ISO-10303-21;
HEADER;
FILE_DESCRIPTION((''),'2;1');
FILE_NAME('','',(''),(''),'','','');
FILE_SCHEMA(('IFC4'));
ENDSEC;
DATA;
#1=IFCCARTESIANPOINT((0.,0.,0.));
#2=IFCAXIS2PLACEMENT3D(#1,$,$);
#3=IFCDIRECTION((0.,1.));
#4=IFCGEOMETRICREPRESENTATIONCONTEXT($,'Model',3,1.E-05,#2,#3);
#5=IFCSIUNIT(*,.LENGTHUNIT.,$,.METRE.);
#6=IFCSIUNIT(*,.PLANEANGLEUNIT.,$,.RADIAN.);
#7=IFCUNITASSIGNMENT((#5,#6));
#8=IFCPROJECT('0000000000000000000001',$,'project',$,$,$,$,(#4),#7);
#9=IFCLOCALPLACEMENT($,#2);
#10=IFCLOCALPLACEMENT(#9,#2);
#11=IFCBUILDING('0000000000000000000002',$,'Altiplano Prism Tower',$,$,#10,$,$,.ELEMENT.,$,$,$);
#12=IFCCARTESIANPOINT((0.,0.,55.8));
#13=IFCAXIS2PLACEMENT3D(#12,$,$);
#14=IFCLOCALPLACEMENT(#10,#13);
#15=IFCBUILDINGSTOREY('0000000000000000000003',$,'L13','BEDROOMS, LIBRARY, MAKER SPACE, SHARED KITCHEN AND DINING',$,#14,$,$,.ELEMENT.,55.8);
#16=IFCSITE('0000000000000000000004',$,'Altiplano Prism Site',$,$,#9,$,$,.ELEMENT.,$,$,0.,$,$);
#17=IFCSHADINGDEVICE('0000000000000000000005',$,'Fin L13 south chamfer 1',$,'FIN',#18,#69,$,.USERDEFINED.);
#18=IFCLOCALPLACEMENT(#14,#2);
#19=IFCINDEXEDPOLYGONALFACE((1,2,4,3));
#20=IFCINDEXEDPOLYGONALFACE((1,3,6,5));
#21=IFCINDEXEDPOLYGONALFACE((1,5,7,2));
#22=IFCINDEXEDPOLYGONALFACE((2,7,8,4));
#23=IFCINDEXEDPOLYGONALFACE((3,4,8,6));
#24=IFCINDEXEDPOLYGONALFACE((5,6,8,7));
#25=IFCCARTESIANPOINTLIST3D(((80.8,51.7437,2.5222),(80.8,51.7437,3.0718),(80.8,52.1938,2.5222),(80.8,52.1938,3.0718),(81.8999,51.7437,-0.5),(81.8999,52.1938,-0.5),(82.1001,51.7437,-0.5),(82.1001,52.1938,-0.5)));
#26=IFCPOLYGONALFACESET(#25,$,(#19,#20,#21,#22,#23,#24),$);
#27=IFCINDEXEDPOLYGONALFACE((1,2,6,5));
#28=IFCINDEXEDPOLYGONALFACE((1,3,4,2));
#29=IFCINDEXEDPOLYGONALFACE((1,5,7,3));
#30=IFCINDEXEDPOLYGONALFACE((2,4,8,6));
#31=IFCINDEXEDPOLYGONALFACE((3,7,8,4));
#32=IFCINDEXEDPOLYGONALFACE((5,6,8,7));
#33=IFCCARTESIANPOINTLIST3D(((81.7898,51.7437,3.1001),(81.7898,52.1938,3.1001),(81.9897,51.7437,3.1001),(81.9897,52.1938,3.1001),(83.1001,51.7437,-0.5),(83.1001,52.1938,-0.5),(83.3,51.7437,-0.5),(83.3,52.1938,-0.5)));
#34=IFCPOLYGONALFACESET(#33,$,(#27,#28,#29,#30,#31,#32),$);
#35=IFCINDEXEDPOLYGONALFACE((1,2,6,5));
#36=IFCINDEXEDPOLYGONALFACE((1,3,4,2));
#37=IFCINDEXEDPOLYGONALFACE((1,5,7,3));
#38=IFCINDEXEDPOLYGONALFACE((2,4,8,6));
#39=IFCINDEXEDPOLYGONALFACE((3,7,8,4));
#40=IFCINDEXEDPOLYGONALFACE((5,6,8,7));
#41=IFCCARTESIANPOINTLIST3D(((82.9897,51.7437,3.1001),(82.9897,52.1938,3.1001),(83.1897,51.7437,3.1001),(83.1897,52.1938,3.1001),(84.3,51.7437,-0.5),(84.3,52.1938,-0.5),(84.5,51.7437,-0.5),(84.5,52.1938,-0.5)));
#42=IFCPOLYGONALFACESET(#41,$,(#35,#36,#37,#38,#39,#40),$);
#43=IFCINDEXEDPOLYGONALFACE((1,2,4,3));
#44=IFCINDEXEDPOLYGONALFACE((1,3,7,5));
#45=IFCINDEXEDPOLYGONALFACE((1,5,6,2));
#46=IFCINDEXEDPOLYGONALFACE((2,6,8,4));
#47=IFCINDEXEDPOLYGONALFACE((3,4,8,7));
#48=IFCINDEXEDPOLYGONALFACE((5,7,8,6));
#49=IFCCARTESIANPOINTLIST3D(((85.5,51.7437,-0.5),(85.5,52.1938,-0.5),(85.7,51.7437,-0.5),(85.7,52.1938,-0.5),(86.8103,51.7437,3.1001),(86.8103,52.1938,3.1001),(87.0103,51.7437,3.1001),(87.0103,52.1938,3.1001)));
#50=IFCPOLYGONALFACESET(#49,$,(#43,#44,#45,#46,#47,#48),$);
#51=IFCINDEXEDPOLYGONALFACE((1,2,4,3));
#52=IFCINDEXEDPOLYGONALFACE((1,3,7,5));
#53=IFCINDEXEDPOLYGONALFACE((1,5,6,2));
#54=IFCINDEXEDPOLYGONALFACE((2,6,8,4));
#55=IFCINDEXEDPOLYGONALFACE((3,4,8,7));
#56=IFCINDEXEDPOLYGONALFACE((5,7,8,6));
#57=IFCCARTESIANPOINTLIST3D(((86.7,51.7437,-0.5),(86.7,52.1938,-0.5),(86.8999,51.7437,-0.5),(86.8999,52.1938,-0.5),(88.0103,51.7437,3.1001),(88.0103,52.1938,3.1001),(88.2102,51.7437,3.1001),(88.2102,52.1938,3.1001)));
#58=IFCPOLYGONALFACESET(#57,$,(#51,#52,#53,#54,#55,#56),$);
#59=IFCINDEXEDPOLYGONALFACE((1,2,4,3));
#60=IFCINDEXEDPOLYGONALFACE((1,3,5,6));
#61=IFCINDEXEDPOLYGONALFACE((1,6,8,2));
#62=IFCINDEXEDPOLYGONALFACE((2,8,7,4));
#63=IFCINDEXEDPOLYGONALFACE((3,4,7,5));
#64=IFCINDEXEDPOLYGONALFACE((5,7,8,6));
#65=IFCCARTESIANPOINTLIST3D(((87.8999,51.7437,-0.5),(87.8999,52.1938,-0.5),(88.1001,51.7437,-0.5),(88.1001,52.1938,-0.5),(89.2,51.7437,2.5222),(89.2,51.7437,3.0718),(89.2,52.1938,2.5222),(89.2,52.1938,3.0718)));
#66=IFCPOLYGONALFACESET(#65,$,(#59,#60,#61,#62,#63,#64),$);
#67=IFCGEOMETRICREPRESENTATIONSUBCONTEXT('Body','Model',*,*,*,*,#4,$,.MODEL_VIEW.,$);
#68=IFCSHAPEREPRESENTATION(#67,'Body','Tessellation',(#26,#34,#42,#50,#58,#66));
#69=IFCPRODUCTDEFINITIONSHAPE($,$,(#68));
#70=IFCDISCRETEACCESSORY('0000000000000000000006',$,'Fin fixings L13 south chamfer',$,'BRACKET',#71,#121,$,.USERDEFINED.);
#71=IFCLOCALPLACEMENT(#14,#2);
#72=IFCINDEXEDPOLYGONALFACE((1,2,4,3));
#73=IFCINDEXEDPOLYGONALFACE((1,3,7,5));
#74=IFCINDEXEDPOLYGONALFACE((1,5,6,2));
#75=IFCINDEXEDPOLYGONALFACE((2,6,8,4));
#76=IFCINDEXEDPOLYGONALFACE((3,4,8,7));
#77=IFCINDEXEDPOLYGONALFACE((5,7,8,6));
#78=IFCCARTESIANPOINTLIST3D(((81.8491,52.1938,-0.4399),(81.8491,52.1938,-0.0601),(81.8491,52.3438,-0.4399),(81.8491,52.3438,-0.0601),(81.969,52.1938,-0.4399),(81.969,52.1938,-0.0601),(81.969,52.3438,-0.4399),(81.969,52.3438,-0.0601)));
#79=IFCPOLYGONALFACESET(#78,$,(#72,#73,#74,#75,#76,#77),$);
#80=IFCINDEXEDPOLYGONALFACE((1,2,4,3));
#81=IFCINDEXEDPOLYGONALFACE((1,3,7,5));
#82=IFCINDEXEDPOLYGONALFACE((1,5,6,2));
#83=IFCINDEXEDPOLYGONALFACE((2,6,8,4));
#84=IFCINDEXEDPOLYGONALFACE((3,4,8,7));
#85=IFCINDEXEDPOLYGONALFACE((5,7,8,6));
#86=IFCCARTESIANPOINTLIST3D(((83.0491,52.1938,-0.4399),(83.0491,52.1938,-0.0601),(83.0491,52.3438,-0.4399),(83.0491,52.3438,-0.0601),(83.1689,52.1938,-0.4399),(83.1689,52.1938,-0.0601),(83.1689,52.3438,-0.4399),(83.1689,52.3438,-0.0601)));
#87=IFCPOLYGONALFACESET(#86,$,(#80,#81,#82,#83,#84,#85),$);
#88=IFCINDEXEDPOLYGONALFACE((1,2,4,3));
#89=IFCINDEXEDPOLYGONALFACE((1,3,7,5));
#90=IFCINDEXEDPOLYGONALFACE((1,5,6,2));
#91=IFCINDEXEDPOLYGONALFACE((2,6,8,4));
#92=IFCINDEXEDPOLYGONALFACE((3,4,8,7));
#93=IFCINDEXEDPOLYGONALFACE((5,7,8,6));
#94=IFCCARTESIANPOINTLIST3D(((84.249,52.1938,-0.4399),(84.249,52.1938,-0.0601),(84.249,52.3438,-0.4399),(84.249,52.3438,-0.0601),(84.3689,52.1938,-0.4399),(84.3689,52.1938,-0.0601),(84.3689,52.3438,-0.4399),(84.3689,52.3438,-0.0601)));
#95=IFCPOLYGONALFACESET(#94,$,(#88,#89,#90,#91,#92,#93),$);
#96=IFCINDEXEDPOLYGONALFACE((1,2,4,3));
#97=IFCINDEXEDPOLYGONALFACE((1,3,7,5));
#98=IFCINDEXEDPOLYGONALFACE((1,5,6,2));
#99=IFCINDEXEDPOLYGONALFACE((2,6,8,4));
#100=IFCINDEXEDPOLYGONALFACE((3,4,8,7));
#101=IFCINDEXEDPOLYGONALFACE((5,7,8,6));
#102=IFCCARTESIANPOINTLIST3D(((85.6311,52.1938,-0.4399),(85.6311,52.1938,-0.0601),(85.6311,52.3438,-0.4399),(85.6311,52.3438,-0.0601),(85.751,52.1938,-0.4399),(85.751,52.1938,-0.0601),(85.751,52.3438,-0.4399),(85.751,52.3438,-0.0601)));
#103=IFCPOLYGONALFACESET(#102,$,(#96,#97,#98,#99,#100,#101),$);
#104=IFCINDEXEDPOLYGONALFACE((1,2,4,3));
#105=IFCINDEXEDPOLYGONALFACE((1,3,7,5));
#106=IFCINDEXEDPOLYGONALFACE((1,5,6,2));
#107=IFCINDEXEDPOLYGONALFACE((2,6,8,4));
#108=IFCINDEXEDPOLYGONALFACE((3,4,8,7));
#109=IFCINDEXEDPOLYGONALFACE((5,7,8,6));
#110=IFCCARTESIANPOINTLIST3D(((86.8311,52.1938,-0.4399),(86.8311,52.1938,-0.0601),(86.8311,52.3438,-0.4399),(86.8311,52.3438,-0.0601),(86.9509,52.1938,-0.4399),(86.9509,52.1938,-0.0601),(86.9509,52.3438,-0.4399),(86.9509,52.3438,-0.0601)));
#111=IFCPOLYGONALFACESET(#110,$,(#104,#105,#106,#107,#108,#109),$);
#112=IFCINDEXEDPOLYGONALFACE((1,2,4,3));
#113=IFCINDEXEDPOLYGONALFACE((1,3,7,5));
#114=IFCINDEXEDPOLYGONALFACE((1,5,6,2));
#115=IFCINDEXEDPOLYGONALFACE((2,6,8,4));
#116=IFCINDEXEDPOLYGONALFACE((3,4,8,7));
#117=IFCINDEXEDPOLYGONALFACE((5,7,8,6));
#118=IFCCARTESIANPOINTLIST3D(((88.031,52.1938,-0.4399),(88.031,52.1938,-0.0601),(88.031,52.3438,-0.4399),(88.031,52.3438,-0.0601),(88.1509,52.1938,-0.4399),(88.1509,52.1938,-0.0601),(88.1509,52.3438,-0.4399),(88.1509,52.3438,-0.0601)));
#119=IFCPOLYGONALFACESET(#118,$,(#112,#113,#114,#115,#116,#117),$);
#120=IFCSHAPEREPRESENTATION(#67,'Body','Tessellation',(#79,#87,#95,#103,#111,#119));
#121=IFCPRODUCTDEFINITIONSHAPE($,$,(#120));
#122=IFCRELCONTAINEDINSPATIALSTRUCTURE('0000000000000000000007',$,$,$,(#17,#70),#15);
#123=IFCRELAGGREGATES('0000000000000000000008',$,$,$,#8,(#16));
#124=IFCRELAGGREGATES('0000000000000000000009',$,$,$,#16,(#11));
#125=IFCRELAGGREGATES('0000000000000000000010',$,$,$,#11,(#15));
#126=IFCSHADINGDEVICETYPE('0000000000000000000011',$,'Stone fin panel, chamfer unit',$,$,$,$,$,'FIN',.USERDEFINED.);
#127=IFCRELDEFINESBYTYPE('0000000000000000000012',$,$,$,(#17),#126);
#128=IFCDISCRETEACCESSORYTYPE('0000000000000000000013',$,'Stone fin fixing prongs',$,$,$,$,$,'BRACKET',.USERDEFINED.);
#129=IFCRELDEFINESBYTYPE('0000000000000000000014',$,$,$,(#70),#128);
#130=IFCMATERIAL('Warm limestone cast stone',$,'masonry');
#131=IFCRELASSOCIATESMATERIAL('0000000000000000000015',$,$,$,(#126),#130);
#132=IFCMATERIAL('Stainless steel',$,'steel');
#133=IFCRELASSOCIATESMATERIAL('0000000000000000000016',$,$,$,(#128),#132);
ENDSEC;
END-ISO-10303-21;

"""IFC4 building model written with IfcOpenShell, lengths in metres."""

from ifc_helpers import new_model, si_unit, direction, frame, origin, place, context, subcontext, project, spatial, polyline, outline, extrude, source, transform, mapped, material, type_object, element, save


model = new_model("IFC4")

# Units and contexts
model_context = context("Model", 3, precision=1e-05, world=origin(), true_north=direction((0.0, 1.0)))
body_context = subcontext(model_context, "Body", "Model", "MODEL_VIEW")
ifc_project = project(units=[si_unit("LENGTHUNIT", "METRE"), si_unit("PLANEANGLEUNIT", "RADIAN")], contexts=[model_context])

# Site, building, storey
site_placement = place(None, origin())
site = spatial("IfcSite", under=ifc_project, at=site_placement, Name="Altiplano Prism Site", CompositionType="ELEMENT", RefElevation=0.0)
building_placement = place(site_placement, origin())
building = spatial("IfcBuilding", under=site, at=building_placement, Name="Altiplano Prism Tower", CompositionType="ELEMENT")
storey_placement = place(building_placement, frame((0.0, 0.0, 55.8)))
storey = spatial("IfcBuildingStorey", under=building, at=storey_placement, Name="L13", Description="BEDROOMS, LIBRARY, MAKER SPACE, SHARED KITCHEN AND DINING", CompositionType="ELEMENT", Elevation=55.8)

# Shading device
ifc_material_1 = material(Name="Warm limestone cast stone", Category="masonry")
shading_device_type_1 = type_object("IfcShadingDeviceType", Name="Stone fin panel, chamfer unit", ElementType="FIN", PredefinedType="USERDEFINED", material=ifc_material_1)
shared_shape_1 = source(origin(), body_context, "Body", "SweptSolid", [
    extrude(outline(polyline([(-4.2, 3.5718), (-4.2, 3.0222), (-3.1001, 0.0), (-2.8999, 0.0), (-4.2, 3.5718)])), frame((0.0, -0.1499, 0.0), z_axis=(0.0, -1.0, 0.0), x_axis=(1.0, 0.0, 0.0)), (0.0, 0.0, 1.0), 0.4502),
    extrude(outline(polyline([(-3.2102, 3.6001), (-1.8999, 0.0), (-1.7, 0.0), (-3.0103, 3.6001), (-3.2102, 3.6001)])), frame((0.0, -0.1499, 0.0), z_axis=(0.0, -1.0, 0.0), x_axis=(1.0, 0.0, 0.0)), (0.0, 0.0, 1.0), 0.4502),
    extrude(outline(polyline([(-2.0103, 3.6001), (-0.7, 0.0), (-0.5, 0.0), (-1.8103, 3.6001), (-2.0103, 3.6001)])), frame((0.0, -0.1499, 0.0), z_axis=(0.0, -1.0, 0.0), x_axis=(1.0, 0.0, 0.0)), (0.0, 0.0, 1.0), 0.4502),
    extrude(outline(polyline([(1.8103, 3.6001), (0.5, 0.0), (0.7, 0.0), (2.0103, 3.6001), (1.8103, 3.6001)])), frame((0.0, -0.1499, 0.0), z_axis=(0.0, -1.0, 0.0), x_axis=(1.0, 0.0, 0.0)), (0.0, 0.0, 1.0), 0.4502),
    extrude(outline(polyline([(3.0103, 3.6001), (1.7, 0.0), (1.8999, 0.0), (3.2102, 3.6001), (3.0103, 3.6001)])), frame((0.0, -0.1499, 0.0), z_axis=(0.0, -1.0, 0.0), x_axis=(1.0, 0.0, 0.0)), (0.0, 0.0, 1.0), 0.4502),
    extrude(outline(polyline([(4.2, 3.0222), (4.2, 3.5718), (2.8999, 0.0), (3.1001, 0.0), (4.2, 3.0222)])), frame((0.0, -0.1499, 0.0), z_axis=(0.0, -1.0, 0.0), x_axis=(1.0, 0.0, 0.0)), (0.0, 0.0, 1.0), 0.4502),
])
shading_device_1_placement = place(storey_placement, origin())
element("IfcShadingDevice", 1, at=shading_device_1_placement, inside=storey, type_object=shading_device_type_1, Name="Fin L13 south chamfer 1", ObjectType="FIN", PredefinedType="USERDEFINED", context=body_context, shape_type="MappedRepresentation", body=[
    mapped(shared_shape_1, transform((85.0, 52.3438, -0.5), x_axis=(1.0, 0.0, 0.0), y_axis=(0.0, 1.0, 0.0), z_axis=(0.0, 0.0, 1.0))),
])

# Discrete accessory
ifc_material_2 = material(Name="Stainless steel", Category="steel")
discrete_accessory_type = type_object("IfcDiscreteAccessoryType", Name="Stone fin fixing prongs", ElementType="BRACKET", PredefinedType="USERDEFINED", material=ifc_material_2)
shared_shape_2 = source(origin(), body_context, "Body", "SweptSolid", [
    extrude(outline(polyline([(-3.1509, 0.0601), (-3.031, 0.0601), (-3.031, 0.4399), (-3.1509, 0.4399), (-3.1509, 0.0601)])), frame((0.0, 0.0, 0.0), z_axis=(0.0, -1.0, 0.0), x_axis=(1.0, 0.0, 0.0)), (0.0, 0.0, 1.0), 0.1499),
    extrude(outline(polyline([(-1.9509, 0.0601), (-1.8311, 0.0601), (-1.8311, 0.4399), (-1.9509, 0.4399), (-1.9509, 0.0601)])), frame((0.0, 0.0, 0.0), z_axis=(0.0, -1.0, 0.0), x_axis=(1.0, 0.0, 0.0)), (0.0, 0.0, 1.0), 0.1499),
    extrude(outline(polyline([(-0.751, 0.0601), (-0.6311, 0.0601), (-0.6311, 0.4399), (-0.751, 0.4399), (-0.751, 0.0601)])), frame((0.0, 0.0, 0.0), z_axis=(0.0, -1.0, 0.0), x_axis=(1.0, 0.0, 0.0)), (0.0, 0.0, 1.0), 0.1499),
    extrude(outline(polyline([(0.6311, 0.0601), (0.751, 0.0601), (0.751, 0.4399), (0.6311, 0.4399), (0.6311, 0.0601)])), frame((0.0, 0.0, 0.0), z_axis=(0.0, -1.0, 0.0), x_axis=(1.0, 0.0, 0.0)), (0.0, 0.0, 1.0), 0.1499),
    extrude(outline(polyline([(1.8311, 0.0601), (1.9509, 0.0601), (1.9509, 0.4399), (1.8311, 0.4399), (1.8311, 0.0601)])), frame((0.0, 0.0, 0.0), z_axis=(0.0, -1.0, 0.0), x_axis=(1.0, 0.0, 0.0)), (0.0, 0.0, 1.0), 0.1499),
    extrude(outline(polyline([(3.031, 0.0601), (3.1509, 0.0601), (3.1509, 0.4399), (3.031, 0.4399), (3.031, 0.0601)])), frame((0.0, 0.0, 0.0), z_axis=(0.0, -1.0, 0.0), x_axis=(1.0, 0.0, 0.0)), (0.0, 0.0, 1.0), 0.1499),
])
discrete_accessory_1_placement = place(storey_placement, origin())
element("IfcDiscreteAccessory", 2, at=discrete_accessory_1_placement, inside=storey, type_object=discrete_accessory_type, Name="Fin fixings L13 south chamfer", ObjectType="BRACKET", PredefinedType="USERDEFINED", context=body_context, shape_type="MappedRepresentation", body=[
    mapped(shared_shape_2, transform((85.0, 52.3438, -0.5), x_axis=(1.0, 0.0, 0.0), y_axis=(0.0, 1.0, 0.0), z_axis=(0.0, 0.0, 1.0))),
])

save(model, "model.ifc")
